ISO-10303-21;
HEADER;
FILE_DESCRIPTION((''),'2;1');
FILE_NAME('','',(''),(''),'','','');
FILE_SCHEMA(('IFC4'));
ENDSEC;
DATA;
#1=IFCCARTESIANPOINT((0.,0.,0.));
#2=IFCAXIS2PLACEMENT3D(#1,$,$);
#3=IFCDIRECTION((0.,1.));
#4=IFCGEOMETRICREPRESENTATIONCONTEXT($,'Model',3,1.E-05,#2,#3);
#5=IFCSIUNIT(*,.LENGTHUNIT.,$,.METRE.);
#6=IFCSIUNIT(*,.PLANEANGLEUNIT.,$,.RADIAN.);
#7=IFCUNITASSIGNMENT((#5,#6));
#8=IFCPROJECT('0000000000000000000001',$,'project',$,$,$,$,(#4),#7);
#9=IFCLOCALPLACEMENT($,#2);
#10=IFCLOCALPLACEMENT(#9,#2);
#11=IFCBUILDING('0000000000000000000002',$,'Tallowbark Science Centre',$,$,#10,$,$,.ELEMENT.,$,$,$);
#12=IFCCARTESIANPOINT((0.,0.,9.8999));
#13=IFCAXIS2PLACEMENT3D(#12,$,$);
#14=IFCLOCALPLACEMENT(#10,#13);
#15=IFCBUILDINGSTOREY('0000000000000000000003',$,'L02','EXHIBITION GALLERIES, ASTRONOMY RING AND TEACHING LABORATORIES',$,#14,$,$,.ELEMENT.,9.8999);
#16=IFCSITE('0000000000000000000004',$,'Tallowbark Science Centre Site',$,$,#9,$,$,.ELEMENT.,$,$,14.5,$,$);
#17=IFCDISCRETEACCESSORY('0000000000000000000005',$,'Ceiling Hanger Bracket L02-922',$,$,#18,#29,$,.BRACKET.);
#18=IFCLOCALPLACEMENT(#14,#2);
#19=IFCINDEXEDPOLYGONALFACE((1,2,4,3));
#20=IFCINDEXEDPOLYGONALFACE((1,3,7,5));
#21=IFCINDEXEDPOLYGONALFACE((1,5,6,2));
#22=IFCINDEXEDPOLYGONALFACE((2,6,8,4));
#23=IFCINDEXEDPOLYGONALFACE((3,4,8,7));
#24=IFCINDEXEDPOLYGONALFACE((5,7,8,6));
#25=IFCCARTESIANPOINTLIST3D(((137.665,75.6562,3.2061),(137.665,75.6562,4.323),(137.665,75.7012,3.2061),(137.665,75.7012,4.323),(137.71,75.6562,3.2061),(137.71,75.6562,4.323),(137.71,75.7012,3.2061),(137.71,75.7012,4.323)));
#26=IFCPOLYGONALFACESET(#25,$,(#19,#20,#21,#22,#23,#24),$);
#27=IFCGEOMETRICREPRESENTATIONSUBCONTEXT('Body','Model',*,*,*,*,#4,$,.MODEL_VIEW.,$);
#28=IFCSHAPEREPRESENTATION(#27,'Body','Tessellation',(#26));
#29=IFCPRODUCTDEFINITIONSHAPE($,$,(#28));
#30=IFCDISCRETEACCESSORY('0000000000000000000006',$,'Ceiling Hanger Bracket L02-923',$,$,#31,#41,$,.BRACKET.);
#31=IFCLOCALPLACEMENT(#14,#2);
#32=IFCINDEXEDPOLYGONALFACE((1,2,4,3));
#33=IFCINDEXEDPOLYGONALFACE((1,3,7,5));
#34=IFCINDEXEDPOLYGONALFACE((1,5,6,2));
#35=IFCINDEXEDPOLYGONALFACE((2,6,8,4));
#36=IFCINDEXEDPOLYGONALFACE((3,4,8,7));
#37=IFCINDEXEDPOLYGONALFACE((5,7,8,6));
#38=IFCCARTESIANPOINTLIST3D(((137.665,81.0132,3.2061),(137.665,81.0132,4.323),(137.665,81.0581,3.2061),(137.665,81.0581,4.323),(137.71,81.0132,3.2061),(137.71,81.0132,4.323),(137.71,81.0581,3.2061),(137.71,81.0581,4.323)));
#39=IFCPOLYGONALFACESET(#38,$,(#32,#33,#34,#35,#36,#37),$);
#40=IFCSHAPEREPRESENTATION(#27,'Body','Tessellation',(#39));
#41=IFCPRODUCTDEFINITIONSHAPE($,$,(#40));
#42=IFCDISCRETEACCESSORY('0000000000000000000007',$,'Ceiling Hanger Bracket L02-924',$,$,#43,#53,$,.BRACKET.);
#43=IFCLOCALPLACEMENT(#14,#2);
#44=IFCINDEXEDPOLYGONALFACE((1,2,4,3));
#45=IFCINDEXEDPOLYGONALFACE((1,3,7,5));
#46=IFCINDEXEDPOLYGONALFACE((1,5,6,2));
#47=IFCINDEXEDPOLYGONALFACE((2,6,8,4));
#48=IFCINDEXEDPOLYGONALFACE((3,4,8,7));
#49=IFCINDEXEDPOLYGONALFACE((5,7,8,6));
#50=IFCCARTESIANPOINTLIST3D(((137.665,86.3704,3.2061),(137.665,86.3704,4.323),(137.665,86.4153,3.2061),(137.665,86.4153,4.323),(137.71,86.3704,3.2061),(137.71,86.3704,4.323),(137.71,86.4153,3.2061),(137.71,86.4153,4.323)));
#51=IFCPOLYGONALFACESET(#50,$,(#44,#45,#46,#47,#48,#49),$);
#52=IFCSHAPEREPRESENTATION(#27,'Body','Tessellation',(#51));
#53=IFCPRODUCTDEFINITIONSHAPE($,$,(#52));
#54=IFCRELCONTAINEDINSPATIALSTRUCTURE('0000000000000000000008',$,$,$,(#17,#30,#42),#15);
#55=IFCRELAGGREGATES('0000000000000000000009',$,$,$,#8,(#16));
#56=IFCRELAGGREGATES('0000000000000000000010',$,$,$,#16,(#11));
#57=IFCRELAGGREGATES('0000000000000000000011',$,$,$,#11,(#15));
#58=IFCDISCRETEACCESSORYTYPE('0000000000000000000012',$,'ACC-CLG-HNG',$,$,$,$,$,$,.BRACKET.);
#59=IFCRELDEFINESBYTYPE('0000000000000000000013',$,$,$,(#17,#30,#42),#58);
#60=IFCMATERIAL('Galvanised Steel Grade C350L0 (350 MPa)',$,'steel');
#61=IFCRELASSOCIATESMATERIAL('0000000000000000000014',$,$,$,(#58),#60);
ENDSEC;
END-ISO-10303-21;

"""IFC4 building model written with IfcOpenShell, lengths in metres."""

from ifc_helpers import new_model, si_unit, direction, frame, origin, origin_2d, place, context, subcontext, project, spatial, rectangle, extrude, material, type_object, element, save


model = new_model("IFC4")

# Units and contexts
model_context = context("Model", 3, precision=1e-05, world=origin(), true_north=direction((0.0, 1.0)))
body_context = subcontext(model_context, "Body", "Model", "MODEL_VIEW")
ifc_project = project(units=[si_unit("LENGTHUNIT", "METRE"), si_unit("PLANEANGLEUNIT", "RADIAN")], contexts=[model_context])

# Site, building, storey
site_placement = place(None, origin())
site = spatial("IfcSite", under=ifc_project, at=site_placement, Name="Tallowbark Science Centre Site", CompositionType="ELEMENT", RefElevation=14.5)
building_placement = place(site_placement, origin())
building = spatial("IfcBuilding", under=site, at=building_placement, Name="Tallowbark Science Centre", CompositionType="ELEMENT")
storey_placement = place(building_placement, frame((0.0, 0.0, 9.8999)))
storey = spatial("IfcBuildingStorey", under=building, at=storey_placement, Name="L02", Description="EXHIBITION GALLERIES, ASTRONOMY RING AND TEACHING LABORATORIES", CompositionType="ELEMENT", Elevation=9.8999)

# Discrete accessories
ifc_material_1 = material(Name="Galvanised Steel Grade C350L0 (350 MPa)", Category="steel")
discrete_accessory_type = type_object("IfcDiscreteAccessoryType", Name="ACC-CLG-HNG", PredefinedType="BRACKET", material=ifc_material_1)
for number, where, z_axis, x_axis, name in (
    (1, (137.6875, 75.6787, 3.2061), (0.0, 0.0, 1.0), (1.0, 0.0, 0.0), "Ceiling Hanger Bracket L02-922"),
    (2, (137.6875, 81.0356, 3.2061), (0.0, 0.0, 1.0), (1.0, 0.0, 0.0), "Ceiling Hanger Bracket L02-923"),
    (3, (137.6875, 86.3928, 3.2061), (0.0, 0.0, 1.0), (1.0, 0.0, 0.0), "Ceiling Hanger Bracket L02-924"),
):
    element("IfcDiscreteAccessory", number, at=place(storey_placement, frame(where, z_axis=z_axis, x_axis=x_axis)), inside=storey, type_object=discrete_accessory_type, Name=name, PredefinedType="BRACKET", context=body_context, shape_type="SweptSolid", body=[
        extrude(rectangle(XDim=0.0449, YDim=0.0449, at=origin_2d()), origin(), (0.0, 0.0, 1.0), 1.1169),
    ])

save(model, "model.ifc")
